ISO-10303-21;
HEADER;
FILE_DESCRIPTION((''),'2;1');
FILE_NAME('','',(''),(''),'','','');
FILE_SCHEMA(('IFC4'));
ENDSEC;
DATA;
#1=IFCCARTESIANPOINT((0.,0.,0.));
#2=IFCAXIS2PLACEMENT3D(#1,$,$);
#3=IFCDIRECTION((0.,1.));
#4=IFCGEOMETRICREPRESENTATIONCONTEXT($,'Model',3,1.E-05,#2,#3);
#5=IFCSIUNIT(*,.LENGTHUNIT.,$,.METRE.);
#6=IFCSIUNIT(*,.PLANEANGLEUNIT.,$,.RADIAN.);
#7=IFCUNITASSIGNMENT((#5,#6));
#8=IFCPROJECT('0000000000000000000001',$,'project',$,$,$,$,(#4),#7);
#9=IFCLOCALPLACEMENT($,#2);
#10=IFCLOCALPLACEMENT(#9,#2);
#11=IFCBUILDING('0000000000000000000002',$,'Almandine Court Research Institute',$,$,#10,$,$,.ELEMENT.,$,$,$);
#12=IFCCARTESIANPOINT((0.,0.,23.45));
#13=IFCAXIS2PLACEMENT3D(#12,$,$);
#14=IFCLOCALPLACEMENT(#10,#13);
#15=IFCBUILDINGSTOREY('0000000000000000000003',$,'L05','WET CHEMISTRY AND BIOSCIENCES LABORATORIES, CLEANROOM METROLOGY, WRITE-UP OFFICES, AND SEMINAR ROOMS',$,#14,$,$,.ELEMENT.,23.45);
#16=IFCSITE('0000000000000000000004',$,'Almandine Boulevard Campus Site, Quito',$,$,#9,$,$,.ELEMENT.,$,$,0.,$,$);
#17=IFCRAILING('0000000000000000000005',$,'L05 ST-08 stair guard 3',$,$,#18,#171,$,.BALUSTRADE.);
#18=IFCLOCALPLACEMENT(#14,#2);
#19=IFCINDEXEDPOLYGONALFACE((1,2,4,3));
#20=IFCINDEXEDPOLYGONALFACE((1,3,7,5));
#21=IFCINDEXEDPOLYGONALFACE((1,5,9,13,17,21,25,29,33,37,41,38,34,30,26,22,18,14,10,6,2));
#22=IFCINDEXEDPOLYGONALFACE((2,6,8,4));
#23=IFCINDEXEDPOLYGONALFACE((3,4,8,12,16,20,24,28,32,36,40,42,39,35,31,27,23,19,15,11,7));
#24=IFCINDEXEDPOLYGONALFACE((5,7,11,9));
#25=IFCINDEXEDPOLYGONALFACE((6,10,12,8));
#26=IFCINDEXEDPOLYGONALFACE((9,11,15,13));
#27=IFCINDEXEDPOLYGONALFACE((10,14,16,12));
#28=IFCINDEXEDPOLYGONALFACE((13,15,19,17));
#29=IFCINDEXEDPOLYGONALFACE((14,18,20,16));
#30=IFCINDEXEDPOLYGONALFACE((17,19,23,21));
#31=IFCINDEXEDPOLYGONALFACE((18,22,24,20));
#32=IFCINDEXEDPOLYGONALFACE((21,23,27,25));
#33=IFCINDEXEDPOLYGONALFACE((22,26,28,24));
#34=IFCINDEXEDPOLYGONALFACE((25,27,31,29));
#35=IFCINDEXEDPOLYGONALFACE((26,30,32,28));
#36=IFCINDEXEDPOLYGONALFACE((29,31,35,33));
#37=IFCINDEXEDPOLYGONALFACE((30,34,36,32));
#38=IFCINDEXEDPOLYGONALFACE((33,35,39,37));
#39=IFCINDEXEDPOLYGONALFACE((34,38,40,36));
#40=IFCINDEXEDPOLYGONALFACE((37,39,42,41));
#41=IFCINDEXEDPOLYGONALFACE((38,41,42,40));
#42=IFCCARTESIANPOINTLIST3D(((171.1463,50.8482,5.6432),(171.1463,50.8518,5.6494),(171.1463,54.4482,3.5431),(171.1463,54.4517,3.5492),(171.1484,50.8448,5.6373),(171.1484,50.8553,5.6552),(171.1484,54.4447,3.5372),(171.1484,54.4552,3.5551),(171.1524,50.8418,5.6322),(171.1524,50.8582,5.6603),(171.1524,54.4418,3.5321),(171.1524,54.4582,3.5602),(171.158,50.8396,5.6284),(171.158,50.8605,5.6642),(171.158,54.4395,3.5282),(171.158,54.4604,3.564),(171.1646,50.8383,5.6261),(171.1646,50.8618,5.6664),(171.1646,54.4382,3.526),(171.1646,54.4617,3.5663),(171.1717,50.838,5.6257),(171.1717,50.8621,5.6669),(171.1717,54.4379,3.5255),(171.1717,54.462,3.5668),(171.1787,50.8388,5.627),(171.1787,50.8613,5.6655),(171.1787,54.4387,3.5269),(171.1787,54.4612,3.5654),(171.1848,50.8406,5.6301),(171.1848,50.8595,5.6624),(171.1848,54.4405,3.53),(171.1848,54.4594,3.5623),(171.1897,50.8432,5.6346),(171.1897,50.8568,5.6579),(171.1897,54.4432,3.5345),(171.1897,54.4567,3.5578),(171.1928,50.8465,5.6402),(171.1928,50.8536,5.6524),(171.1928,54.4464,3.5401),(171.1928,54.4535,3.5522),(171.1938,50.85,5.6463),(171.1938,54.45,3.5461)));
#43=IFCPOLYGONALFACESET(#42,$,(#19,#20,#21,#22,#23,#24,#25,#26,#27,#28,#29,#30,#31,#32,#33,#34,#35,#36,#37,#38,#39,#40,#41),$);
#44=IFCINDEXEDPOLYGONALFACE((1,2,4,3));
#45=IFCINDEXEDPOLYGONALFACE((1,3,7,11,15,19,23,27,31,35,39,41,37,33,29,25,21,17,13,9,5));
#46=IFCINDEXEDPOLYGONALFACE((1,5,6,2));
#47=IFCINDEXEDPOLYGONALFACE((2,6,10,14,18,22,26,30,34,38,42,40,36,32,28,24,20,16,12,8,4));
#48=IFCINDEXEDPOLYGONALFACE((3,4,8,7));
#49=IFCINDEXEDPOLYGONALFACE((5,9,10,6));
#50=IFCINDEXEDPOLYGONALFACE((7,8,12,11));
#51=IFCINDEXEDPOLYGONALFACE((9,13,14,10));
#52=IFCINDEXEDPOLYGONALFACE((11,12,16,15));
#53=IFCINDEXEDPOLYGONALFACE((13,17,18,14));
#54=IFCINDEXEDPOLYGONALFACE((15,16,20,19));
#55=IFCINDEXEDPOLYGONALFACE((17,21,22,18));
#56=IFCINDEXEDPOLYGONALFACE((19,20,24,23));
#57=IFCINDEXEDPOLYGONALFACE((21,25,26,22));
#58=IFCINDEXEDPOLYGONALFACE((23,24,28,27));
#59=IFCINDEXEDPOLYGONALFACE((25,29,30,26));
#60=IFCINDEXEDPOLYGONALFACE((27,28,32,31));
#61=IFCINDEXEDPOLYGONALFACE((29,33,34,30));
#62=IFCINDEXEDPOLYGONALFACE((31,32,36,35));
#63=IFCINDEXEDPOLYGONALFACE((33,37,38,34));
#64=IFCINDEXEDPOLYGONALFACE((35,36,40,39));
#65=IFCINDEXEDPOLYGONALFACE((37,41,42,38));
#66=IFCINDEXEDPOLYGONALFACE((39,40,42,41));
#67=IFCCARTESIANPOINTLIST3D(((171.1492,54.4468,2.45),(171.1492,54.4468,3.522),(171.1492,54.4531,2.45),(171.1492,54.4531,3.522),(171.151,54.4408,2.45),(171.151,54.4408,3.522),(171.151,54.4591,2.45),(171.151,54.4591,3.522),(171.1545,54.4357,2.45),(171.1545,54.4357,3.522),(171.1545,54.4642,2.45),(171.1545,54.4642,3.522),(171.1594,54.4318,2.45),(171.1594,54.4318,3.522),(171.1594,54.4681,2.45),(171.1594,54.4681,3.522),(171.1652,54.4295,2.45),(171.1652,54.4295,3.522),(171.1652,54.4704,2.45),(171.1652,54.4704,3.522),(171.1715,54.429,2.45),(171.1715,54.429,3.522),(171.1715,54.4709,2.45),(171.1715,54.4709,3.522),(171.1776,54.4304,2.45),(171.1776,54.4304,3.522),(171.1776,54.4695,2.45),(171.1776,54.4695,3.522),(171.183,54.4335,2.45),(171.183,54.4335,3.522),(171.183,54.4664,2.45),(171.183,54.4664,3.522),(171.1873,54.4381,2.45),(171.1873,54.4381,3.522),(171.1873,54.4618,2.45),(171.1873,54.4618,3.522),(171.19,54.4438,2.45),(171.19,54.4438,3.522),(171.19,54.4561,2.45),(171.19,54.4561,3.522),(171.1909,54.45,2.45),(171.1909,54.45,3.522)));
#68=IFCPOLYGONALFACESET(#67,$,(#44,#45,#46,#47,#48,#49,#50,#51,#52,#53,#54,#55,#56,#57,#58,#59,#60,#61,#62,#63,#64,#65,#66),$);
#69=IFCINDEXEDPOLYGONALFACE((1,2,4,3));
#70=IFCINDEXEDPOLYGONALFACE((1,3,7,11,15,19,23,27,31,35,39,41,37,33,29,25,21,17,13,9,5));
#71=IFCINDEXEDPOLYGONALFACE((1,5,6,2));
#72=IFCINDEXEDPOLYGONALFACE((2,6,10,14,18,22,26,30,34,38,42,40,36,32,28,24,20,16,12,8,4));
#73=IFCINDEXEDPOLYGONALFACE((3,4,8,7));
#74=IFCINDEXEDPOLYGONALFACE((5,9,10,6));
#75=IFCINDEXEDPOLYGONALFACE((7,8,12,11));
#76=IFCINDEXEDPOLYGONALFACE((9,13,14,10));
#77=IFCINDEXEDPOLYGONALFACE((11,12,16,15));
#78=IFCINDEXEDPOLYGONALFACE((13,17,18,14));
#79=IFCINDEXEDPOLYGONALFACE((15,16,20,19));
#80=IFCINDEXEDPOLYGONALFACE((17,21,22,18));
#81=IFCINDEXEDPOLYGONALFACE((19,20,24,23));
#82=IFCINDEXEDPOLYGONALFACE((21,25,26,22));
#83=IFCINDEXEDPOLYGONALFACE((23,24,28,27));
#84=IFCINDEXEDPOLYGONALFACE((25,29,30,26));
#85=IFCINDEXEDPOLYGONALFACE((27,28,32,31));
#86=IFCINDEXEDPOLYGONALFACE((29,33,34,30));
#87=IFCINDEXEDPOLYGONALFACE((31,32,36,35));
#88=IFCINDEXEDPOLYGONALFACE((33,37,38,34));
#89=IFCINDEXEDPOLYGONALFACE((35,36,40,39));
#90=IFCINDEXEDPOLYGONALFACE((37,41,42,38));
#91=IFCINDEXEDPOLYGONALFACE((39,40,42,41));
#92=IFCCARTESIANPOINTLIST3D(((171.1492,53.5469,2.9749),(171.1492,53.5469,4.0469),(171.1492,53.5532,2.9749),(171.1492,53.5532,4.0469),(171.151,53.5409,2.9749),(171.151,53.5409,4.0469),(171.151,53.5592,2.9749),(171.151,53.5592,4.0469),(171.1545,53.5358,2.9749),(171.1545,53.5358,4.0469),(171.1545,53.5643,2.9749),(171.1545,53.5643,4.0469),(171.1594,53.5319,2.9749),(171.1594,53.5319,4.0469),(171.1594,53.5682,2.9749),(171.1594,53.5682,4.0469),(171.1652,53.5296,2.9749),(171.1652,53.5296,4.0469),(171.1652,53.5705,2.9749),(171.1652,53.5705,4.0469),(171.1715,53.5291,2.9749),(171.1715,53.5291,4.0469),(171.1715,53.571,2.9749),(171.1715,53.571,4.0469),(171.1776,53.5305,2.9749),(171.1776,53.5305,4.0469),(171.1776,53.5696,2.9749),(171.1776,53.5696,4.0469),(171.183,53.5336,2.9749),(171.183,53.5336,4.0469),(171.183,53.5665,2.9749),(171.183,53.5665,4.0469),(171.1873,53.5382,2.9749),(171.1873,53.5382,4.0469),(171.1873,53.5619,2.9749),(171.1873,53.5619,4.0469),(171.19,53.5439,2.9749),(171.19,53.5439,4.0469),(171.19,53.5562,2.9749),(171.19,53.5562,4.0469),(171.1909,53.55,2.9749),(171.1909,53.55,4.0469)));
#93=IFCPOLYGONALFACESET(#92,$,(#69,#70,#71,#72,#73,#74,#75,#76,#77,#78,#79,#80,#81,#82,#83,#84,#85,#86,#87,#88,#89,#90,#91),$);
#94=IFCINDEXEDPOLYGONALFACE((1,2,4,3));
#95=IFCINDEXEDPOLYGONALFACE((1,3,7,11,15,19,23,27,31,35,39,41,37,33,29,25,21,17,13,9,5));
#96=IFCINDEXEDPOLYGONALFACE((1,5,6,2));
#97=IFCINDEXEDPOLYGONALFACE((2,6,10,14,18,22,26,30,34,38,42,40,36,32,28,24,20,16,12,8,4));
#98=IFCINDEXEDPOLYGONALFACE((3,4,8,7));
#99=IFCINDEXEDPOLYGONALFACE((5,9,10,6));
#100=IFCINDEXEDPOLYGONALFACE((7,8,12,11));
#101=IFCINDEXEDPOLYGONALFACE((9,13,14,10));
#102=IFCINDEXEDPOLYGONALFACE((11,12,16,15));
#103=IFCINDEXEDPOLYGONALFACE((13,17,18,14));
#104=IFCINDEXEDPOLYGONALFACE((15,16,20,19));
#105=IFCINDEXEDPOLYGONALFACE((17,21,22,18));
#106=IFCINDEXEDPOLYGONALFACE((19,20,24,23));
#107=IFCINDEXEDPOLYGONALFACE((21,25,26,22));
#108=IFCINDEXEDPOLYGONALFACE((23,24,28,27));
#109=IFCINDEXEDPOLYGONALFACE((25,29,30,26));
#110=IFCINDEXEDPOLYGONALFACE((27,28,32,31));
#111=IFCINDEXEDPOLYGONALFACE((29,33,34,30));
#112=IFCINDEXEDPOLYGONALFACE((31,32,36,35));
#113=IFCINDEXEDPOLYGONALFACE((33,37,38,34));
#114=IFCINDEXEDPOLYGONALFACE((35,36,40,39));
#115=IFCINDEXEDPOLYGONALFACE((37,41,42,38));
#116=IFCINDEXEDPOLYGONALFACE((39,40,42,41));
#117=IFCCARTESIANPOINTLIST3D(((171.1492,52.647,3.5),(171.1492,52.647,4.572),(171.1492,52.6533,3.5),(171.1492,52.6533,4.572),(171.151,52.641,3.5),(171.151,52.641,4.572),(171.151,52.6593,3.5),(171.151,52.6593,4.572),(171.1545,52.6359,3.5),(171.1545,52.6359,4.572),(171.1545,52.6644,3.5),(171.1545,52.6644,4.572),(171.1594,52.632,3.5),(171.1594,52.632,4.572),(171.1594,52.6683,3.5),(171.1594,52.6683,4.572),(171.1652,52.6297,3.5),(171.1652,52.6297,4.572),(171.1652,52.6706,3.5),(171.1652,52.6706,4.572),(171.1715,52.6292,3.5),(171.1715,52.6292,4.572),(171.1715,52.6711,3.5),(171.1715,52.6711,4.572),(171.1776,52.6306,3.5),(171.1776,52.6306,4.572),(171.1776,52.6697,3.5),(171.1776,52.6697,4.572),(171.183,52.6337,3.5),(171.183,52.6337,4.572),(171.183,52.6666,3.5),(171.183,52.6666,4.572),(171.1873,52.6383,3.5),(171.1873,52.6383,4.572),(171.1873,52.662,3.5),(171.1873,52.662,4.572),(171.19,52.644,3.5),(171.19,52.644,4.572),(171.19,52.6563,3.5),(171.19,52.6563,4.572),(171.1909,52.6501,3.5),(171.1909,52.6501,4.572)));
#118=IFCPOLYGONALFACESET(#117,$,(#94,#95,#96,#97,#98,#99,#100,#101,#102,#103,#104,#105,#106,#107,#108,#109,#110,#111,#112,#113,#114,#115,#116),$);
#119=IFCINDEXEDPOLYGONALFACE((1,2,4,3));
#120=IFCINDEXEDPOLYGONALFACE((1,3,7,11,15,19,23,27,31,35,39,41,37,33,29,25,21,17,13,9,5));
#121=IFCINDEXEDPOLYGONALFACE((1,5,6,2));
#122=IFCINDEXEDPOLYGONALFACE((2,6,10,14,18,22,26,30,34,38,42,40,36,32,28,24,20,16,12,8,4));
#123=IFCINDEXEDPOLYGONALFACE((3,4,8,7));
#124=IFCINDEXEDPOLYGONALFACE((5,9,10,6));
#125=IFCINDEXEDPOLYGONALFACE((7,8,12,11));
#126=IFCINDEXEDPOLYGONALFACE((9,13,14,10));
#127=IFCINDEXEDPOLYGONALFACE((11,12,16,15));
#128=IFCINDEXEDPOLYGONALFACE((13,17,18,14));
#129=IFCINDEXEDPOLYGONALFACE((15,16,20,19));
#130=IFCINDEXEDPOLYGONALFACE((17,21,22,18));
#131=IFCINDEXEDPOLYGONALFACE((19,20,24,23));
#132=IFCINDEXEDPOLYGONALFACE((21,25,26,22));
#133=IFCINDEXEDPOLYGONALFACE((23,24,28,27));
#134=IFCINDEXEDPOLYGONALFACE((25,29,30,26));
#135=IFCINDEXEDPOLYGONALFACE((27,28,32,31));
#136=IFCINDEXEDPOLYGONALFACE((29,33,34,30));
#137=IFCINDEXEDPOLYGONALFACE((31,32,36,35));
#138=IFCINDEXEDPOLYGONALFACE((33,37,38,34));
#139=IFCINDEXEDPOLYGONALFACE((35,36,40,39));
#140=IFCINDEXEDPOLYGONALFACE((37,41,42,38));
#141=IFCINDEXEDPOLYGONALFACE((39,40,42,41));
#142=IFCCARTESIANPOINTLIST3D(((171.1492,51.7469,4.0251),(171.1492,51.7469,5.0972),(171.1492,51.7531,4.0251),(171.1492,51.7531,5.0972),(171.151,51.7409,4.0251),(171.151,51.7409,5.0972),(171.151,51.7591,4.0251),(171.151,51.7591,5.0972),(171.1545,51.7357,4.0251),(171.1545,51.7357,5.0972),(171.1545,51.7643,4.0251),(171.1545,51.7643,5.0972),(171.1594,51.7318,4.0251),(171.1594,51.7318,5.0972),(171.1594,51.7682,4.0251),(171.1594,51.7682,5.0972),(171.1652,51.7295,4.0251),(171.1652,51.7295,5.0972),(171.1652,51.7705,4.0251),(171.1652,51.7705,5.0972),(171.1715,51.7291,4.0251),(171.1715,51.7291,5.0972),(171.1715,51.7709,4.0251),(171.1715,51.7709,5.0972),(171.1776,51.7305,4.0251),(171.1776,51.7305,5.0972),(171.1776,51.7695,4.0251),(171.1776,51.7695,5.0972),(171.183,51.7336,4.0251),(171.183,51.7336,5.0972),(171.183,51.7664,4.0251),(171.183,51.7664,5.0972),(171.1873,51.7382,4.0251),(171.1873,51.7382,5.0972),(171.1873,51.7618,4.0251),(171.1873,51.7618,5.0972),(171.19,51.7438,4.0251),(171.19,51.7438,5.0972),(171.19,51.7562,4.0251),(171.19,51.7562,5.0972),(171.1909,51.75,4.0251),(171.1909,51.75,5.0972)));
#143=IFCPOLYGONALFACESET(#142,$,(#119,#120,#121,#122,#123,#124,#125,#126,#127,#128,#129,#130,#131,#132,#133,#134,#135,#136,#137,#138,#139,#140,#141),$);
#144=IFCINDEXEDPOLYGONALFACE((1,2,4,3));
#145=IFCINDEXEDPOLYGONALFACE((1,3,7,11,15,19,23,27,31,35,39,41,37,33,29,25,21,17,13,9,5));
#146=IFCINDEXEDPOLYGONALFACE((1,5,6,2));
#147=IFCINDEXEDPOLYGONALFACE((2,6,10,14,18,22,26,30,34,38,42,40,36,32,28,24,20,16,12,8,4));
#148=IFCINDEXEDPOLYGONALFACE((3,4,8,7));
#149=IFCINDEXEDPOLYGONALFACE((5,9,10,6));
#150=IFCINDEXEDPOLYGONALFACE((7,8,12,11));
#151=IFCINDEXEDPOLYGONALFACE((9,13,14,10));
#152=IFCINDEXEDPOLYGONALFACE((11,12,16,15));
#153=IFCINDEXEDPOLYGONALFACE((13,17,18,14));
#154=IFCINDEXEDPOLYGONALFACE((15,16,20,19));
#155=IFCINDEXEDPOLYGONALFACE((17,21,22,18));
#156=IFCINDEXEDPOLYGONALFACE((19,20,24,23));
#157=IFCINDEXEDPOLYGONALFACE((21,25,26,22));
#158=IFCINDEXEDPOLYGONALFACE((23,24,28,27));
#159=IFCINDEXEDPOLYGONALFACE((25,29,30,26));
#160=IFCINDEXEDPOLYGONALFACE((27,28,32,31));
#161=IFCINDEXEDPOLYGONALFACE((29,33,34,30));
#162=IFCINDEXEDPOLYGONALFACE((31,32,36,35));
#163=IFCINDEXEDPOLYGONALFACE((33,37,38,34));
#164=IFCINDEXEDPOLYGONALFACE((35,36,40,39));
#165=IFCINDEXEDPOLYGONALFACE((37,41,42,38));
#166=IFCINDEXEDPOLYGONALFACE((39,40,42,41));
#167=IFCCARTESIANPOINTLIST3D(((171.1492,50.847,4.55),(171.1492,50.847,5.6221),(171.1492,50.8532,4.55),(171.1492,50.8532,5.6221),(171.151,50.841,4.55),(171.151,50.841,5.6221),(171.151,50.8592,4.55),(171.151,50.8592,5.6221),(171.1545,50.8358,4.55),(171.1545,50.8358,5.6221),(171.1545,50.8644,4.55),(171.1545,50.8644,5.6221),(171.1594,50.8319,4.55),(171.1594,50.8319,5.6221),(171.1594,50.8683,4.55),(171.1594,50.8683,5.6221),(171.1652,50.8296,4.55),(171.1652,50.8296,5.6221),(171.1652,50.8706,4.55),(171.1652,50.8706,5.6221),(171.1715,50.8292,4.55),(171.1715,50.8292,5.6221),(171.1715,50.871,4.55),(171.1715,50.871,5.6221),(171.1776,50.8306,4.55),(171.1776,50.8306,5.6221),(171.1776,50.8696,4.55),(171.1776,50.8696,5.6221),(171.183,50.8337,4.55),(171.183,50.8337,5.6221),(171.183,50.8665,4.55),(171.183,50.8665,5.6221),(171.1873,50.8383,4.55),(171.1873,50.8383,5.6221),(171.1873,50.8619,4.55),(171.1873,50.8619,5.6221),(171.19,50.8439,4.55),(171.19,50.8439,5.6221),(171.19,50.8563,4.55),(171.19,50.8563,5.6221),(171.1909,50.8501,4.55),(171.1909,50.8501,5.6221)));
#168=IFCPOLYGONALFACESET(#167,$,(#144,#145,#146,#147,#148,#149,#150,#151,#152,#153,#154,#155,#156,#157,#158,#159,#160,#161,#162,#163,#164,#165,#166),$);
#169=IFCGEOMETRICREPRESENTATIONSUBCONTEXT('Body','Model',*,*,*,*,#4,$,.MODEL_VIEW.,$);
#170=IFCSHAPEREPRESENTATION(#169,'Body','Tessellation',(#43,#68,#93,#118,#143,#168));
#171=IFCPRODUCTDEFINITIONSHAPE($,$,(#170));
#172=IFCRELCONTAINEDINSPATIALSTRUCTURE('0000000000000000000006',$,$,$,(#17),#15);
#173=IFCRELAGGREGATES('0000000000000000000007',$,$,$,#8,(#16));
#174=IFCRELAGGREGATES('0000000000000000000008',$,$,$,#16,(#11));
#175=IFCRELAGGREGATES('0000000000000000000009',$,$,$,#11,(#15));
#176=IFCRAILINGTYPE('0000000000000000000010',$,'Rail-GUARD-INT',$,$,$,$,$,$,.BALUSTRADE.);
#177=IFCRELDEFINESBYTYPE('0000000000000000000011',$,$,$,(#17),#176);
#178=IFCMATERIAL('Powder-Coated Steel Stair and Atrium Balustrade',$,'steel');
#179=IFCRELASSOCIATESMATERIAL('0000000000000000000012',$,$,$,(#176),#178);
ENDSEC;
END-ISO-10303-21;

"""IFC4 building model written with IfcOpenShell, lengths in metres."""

from ifc_helpers import new_model, si_unit, direction, frame, origin, origin_2d, place, context, subcontext, project, spatial, circle, extrude, material, type_object, element, save


model = new_model("IFC4")

# Units and contexts
model_context = context("Model", 3, precision=1e-05, world=origin(), true_north=direction((0.0, 1.0)))
body_context = subcontext(model_context, "Body", "Model", "MODEL_VIEW")
ifc_project = project(units=[si_unit("LENGTHUNIT", "METRE"), si_unit("PLANEANGLEUNIT", "RADIAN")], contexts=[model_context])

# Site, building, storey
site_placement = place(None, origin())
site = spatial("IfcSite", under=ifc_project, at=site_placement, Name="Almandine Boulevard Campus Site, Quito", CompositionType="ELEMENT", RefElevation=0.0)
building_placement = place(site_placement, origin())
building = spatial("IfcBuilding", under=site, at=building_placement, Name="Almandine Court Research Institute", CompositionType="ELEMENT")
storey_placement = place(building_placement, frame((0.0, 0.0, 23.45)))
storey = spatial("IfcBuildingStorey", under=building, at=storey_placement, Name="L05", Description="WET CHEMISTRY AND BIOSCIENCES LABORATORIES, CLEANROOM METROLOGY, WRITE-UP OFFICES, AND SEMINAR ROOMS", CompositionType="ELEMENT", Elevation=23.45)

# Railing
ifc_material_1 = material(Name="Powder-Coated Steel Stair and Atrium Balustrade", Category="steel")
railing_type_1 = type_object("IfcRailingType", Name="Rail-GUARD-INT", PredefinedType="BALUSTRADE", material=ifc_material_1)
railing_1_placement = place(storey_placement, frame((171.1699, 54.45, 2.45)))
element("IfcRailing", 1, at=railing_1_placement, inside=storey, type_object=railing_type_1, Name="L05 ST-08 stair guard 3", PredefinedType="BALUSTRADE", context=body_context, shape_type="SweptSolid", body=[
    extrude(circle(Radius=0.0239, at=origin_2d()), frame((0.0, 0.0, 1.0962), z_axis=(0.0, -0.86376, 0.503904), x_axis=(1.0, 0.0, 0.0)), (0.0, 0.0, 1.0), 4.1677),
    extrude(circle(Radius=0.021, at=origin_2d()), origin(), (0.0, 0.0, 1.0), 1.072),
    extrude(circle(Radius=0.021, at=origin_2d()), frame((0.0, -0.8999, 0.5249)), (0.0, 0.0, 1.0), 1.072),
    extrude(circle(Radius=0.021, at=origin_2d()), frame((0.0, -1.7998, 1.05)), (0.0, 0.0, 1.0), 1.072),
    extrude(circle(Radius=0.021, at=origin_2d()), frame((0.0, -2.7, 1.5752)), (0.0, 0.0, 1.0), 1.072),
    extrude(circle(Radius=0.021, at=origin_2d()), frame((0.0, -3.5999, 2.1001)), (0.0, 0.0, 1.0), 1.072),
])

save(model, "model.ifc")
